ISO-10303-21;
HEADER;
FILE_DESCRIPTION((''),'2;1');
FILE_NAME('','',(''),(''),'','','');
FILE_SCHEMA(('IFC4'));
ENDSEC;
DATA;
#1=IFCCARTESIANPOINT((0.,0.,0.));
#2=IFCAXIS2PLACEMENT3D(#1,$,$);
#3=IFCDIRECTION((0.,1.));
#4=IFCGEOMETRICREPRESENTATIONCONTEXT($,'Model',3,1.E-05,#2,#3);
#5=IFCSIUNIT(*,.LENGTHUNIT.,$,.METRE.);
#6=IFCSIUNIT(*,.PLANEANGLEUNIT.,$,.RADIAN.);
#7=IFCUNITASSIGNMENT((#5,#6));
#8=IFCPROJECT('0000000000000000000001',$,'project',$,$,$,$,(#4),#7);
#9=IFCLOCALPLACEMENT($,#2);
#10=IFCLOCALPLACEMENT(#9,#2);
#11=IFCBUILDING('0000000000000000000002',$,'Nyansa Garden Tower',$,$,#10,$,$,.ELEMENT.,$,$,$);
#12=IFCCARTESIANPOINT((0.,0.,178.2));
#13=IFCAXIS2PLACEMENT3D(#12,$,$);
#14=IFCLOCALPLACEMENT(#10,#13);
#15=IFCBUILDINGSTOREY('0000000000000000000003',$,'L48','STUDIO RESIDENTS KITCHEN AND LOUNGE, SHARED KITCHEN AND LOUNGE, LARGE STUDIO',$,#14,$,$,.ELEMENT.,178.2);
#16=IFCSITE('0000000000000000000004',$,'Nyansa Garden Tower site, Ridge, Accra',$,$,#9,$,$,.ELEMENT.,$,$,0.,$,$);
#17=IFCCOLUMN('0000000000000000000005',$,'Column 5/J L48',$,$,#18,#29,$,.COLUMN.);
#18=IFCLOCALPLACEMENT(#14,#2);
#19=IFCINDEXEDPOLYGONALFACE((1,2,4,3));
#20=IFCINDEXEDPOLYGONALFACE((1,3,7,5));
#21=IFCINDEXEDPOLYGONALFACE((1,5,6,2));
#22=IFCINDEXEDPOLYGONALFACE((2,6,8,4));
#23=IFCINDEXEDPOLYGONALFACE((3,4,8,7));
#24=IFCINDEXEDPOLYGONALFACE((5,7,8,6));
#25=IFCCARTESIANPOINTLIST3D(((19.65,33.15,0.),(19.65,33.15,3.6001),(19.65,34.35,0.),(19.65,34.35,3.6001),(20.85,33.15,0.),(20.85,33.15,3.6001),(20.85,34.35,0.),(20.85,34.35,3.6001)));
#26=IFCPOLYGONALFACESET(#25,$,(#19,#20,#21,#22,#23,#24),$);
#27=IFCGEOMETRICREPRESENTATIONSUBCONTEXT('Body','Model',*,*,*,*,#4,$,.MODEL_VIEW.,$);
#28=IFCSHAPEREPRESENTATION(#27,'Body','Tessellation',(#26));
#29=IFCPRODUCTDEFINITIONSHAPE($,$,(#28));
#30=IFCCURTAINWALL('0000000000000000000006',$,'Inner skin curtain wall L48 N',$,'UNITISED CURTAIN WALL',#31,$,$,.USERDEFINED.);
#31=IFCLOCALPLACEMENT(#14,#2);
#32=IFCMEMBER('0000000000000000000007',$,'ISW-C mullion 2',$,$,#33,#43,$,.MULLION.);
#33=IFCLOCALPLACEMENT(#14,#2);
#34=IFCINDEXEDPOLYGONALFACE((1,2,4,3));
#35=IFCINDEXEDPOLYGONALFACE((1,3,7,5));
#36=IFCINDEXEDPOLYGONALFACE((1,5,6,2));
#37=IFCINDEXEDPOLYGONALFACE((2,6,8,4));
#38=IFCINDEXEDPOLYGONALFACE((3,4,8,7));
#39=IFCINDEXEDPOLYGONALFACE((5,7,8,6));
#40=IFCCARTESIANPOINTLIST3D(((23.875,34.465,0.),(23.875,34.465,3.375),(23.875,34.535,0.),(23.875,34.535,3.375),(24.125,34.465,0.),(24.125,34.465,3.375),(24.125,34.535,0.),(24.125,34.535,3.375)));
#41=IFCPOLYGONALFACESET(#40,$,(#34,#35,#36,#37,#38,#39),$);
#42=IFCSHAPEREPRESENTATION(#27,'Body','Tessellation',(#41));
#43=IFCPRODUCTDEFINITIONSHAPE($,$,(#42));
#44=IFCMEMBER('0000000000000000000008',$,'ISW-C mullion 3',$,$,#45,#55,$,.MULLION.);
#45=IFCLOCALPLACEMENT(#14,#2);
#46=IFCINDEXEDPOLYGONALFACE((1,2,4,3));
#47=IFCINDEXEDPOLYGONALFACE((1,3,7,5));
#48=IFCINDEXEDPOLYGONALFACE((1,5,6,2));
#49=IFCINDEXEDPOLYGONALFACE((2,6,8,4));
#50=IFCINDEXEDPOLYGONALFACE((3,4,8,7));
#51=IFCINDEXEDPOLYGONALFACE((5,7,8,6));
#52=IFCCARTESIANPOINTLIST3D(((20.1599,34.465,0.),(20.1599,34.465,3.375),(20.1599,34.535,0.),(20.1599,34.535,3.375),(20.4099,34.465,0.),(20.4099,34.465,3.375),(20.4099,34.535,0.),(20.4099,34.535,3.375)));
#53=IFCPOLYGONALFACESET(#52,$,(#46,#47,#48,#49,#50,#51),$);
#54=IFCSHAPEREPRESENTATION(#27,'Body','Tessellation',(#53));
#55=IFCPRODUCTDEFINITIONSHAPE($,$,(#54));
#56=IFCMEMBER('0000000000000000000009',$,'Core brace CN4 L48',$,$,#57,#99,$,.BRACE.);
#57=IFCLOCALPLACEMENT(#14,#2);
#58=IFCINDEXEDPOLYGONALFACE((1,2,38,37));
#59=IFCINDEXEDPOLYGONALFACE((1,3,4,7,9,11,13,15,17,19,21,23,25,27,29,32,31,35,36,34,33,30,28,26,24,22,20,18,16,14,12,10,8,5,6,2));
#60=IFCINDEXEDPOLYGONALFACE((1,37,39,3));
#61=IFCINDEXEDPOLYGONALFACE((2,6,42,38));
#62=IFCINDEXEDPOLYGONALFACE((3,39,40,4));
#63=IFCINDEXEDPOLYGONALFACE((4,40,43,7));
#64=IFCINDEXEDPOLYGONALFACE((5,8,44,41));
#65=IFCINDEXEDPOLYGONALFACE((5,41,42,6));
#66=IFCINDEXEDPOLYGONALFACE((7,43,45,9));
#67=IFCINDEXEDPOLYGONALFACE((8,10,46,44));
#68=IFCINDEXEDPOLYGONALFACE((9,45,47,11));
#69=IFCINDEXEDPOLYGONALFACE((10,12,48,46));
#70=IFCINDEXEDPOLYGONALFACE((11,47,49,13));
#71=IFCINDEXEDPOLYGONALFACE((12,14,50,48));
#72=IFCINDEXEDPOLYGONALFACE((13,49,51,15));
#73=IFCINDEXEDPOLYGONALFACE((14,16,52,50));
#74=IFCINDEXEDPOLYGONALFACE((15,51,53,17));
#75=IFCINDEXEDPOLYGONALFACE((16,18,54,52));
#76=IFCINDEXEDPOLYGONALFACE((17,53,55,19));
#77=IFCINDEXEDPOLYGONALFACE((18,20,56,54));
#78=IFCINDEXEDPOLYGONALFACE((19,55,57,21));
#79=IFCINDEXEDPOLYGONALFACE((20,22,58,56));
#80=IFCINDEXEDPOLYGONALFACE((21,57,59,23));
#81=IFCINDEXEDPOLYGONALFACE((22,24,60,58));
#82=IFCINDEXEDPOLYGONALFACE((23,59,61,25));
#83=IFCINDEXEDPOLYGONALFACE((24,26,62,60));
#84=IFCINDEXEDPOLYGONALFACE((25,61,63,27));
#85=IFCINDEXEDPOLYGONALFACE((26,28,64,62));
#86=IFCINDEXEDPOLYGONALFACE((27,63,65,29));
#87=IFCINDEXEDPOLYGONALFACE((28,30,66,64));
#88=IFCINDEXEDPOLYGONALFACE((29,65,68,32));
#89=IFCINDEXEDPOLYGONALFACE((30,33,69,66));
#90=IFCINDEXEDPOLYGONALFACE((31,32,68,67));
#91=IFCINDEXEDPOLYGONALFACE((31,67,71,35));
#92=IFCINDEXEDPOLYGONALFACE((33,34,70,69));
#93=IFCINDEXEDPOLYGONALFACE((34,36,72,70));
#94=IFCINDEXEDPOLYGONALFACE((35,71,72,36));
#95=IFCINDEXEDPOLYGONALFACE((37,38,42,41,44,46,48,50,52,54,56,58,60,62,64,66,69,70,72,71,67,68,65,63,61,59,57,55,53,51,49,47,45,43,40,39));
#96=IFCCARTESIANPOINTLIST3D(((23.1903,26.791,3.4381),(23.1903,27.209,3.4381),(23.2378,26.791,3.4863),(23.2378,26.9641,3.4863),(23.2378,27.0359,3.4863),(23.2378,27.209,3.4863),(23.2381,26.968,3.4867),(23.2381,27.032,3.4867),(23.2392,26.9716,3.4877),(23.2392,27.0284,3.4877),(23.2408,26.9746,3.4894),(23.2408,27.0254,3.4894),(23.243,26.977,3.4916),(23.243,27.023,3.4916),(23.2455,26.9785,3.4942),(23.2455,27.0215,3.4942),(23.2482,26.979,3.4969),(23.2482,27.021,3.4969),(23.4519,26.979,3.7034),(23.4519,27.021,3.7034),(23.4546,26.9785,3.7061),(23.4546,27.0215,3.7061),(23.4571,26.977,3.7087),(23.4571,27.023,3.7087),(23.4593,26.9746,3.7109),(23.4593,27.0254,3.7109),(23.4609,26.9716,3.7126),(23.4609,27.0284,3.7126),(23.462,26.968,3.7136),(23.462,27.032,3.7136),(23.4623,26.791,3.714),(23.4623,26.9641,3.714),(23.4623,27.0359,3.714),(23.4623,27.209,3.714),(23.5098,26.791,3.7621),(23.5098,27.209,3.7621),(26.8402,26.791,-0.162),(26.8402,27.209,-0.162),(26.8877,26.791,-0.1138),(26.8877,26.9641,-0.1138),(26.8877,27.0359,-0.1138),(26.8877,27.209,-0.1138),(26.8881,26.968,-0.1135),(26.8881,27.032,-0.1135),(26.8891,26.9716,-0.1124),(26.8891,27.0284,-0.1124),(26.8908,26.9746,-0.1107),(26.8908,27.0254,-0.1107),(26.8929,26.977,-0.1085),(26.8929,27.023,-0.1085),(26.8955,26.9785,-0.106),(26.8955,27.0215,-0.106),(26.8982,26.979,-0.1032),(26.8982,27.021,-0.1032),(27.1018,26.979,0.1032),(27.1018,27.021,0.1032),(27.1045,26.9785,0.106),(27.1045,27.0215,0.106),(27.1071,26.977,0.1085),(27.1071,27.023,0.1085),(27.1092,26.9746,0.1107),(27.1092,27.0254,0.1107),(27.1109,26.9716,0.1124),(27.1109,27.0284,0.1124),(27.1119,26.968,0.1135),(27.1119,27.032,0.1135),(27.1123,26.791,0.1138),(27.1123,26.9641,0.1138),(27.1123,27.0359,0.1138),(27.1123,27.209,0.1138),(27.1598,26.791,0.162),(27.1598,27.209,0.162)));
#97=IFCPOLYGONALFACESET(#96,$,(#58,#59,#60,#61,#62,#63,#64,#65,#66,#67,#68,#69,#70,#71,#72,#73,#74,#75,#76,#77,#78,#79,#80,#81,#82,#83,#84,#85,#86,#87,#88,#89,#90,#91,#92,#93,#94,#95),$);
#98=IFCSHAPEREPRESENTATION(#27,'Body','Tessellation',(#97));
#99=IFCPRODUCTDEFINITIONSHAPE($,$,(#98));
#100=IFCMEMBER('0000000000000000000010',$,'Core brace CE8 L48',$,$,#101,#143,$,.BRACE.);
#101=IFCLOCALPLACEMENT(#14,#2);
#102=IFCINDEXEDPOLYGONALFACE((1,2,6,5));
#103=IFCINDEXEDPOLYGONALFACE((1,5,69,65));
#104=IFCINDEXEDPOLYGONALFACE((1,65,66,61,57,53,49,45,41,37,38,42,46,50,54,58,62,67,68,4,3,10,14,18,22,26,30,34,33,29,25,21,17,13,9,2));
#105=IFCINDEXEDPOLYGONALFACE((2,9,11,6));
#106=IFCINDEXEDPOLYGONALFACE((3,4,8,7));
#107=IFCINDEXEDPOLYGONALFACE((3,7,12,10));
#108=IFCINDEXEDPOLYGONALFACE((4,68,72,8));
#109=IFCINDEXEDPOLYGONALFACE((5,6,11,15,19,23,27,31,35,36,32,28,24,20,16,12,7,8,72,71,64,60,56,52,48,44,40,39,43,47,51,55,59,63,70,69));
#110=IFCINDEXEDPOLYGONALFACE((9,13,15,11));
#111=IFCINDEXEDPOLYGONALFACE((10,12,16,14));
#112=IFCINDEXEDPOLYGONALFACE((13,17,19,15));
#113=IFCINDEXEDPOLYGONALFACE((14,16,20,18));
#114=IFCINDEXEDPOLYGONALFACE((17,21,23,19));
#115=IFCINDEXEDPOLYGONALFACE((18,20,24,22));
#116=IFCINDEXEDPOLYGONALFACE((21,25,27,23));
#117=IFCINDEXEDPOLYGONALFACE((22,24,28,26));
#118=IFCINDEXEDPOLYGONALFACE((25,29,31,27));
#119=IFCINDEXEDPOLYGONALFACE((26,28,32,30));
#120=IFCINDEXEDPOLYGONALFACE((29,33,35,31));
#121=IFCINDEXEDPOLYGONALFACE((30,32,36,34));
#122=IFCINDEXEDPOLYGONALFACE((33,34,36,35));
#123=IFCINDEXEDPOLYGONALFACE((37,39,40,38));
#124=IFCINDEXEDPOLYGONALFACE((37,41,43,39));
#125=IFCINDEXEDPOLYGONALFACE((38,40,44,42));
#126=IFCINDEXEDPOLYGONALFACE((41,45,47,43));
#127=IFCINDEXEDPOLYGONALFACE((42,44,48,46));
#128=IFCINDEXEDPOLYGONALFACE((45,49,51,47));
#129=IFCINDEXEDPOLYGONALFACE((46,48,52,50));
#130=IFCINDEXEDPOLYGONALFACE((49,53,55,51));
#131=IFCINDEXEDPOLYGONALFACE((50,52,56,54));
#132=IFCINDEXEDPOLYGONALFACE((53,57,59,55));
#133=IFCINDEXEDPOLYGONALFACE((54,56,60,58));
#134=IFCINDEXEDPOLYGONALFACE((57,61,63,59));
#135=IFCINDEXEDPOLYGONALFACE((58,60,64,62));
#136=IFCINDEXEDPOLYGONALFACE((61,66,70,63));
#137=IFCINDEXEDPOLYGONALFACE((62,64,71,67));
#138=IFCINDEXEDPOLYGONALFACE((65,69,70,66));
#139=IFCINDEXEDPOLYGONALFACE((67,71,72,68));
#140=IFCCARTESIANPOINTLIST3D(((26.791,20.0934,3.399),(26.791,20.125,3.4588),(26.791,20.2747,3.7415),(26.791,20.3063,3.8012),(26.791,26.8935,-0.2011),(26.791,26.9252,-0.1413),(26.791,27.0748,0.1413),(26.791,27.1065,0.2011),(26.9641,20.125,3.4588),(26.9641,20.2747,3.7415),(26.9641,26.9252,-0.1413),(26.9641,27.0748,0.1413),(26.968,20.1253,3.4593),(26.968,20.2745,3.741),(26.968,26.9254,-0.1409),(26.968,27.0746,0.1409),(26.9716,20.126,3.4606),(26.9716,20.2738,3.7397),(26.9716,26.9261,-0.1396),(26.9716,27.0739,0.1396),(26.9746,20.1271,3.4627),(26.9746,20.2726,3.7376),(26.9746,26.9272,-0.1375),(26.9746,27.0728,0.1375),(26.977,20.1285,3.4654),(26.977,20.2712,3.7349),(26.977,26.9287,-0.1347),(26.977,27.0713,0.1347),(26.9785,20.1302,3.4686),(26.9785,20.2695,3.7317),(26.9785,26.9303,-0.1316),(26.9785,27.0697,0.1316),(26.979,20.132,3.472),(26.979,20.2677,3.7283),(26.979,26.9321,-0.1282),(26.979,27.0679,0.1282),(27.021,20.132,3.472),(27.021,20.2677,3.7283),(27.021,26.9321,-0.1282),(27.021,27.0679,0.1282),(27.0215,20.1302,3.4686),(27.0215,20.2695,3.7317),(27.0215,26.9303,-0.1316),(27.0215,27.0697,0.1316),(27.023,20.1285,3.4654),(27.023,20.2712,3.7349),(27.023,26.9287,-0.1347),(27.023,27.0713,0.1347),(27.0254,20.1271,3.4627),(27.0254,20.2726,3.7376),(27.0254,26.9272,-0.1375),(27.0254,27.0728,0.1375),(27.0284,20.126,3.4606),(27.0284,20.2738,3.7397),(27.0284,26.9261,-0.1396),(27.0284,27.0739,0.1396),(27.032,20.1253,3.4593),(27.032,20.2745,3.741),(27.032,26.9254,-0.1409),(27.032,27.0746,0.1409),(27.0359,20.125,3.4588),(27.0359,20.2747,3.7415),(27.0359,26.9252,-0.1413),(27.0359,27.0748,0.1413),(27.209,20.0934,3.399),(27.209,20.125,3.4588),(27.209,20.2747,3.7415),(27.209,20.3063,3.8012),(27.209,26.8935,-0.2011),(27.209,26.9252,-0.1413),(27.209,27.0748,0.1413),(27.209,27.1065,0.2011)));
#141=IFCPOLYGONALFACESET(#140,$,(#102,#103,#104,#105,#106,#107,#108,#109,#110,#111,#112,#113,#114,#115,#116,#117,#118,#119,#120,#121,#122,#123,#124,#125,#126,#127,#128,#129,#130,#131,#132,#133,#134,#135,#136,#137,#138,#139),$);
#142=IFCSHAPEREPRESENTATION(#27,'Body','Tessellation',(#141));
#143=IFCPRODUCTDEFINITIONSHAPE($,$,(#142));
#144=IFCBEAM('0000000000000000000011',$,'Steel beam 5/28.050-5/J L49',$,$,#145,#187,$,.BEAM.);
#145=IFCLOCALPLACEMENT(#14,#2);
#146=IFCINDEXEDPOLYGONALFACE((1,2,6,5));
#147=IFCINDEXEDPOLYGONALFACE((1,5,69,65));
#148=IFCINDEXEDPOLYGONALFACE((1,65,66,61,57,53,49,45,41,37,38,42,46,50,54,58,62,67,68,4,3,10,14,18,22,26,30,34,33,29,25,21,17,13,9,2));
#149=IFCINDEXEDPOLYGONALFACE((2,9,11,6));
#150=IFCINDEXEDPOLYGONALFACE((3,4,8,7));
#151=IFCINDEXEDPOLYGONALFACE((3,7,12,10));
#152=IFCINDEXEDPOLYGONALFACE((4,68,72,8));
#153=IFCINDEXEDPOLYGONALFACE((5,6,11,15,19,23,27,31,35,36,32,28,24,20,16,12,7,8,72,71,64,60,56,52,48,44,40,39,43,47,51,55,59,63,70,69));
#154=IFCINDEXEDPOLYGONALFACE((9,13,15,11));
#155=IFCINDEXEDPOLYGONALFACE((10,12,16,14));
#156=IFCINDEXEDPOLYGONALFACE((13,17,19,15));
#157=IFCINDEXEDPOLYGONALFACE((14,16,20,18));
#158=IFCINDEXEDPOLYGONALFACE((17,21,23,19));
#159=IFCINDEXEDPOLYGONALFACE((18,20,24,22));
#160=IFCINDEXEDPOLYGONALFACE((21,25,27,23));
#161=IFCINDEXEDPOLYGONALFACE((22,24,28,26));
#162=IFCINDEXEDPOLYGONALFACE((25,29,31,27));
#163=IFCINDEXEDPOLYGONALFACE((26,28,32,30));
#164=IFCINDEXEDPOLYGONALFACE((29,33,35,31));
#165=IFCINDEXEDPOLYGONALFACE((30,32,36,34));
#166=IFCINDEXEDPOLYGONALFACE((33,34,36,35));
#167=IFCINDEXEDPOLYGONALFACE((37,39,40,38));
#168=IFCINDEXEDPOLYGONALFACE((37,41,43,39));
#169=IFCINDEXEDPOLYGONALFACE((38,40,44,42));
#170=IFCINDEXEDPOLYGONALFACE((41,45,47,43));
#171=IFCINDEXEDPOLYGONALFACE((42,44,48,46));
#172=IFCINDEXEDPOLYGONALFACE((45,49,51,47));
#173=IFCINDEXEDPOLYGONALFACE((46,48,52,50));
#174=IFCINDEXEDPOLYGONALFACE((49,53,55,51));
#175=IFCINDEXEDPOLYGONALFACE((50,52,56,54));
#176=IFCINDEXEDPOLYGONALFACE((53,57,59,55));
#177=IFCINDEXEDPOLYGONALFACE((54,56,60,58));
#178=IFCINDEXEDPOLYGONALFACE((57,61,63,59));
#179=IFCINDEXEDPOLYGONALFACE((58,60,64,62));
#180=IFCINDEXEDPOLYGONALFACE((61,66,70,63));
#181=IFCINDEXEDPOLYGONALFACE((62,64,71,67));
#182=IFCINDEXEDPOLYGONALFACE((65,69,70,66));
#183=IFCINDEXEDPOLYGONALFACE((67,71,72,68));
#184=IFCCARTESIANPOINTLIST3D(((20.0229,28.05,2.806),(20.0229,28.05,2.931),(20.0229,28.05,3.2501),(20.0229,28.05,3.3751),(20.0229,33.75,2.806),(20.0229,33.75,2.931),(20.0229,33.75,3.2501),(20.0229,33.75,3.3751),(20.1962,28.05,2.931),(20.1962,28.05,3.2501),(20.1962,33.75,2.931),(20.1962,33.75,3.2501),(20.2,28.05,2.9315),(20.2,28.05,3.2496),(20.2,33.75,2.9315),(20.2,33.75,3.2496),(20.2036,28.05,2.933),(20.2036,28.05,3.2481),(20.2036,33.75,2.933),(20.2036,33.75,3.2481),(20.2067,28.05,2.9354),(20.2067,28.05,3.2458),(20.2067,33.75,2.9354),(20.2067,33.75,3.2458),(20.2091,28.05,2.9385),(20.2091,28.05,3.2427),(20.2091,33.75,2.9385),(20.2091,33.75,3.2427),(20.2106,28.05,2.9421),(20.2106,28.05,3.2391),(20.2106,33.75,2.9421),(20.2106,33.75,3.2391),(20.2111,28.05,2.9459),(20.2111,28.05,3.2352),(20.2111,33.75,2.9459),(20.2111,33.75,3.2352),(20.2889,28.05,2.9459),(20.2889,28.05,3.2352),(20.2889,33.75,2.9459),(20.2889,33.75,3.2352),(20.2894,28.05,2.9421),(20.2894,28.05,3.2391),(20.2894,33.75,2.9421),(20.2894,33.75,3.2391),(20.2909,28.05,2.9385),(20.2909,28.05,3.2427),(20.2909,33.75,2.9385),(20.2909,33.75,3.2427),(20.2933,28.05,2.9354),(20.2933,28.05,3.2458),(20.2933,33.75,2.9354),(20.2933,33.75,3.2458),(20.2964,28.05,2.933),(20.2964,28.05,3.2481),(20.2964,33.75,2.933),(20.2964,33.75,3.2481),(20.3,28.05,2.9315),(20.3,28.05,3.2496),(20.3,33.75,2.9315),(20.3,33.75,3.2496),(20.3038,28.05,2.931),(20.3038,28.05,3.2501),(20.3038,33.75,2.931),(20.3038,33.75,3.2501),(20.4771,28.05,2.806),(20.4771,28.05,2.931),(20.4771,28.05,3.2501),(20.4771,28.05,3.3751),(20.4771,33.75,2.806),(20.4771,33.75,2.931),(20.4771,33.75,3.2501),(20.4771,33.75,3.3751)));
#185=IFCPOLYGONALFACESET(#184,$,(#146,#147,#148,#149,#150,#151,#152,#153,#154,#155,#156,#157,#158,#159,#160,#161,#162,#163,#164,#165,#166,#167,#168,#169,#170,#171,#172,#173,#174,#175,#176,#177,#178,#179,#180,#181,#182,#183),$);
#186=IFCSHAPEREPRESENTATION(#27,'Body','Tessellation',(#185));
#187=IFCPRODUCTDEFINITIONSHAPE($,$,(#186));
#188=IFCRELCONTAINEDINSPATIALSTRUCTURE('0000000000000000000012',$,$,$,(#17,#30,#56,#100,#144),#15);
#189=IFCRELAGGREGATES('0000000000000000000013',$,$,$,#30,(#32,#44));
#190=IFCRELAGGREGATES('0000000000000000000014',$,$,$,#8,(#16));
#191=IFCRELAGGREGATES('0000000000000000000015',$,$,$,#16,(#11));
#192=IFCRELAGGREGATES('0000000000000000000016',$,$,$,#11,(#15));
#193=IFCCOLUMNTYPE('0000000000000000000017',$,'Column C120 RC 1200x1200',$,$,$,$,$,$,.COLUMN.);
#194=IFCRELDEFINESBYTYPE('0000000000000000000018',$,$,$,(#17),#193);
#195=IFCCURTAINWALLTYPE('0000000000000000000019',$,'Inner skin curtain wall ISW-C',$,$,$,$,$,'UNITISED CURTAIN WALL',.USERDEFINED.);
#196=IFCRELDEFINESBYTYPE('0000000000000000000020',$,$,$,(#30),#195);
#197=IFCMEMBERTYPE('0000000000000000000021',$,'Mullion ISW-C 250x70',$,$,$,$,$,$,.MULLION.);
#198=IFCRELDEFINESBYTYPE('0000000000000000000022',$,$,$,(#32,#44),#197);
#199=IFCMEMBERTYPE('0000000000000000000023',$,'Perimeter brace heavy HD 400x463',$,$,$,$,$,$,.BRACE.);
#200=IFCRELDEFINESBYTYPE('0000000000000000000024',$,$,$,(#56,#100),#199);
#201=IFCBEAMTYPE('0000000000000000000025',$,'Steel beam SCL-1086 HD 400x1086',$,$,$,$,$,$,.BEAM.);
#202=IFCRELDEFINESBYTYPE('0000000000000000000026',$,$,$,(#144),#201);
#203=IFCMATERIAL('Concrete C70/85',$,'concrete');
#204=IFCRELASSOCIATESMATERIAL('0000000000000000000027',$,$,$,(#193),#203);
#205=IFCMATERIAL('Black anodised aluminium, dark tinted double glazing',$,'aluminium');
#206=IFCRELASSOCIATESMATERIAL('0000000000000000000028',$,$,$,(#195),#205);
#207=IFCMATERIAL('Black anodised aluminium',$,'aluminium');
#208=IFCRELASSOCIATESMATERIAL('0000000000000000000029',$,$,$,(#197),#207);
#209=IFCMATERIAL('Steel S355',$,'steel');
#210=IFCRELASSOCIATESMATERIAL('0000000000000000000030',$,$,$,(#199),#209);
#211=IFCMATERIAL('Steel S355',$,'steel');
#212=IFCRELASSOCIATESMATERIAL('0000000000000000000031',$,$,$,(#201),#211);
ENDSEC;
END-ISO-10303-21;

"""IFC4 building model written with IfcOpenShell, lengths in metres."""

from ifc_helpers import new_model, si_unit, direction, frame, origin, origin_2d, place, context, subcontext, project, spatial, rectangle, i_section, extrude, material, material_profile, profile_set, type_object, element, aggregate, save


model = new_model("IFC4")

# Units and contexts
model_context = context("Model", 3, precision=1e-05, world=origin(), true_north=direction((0.0, 1.0)))
body_context = subcontext(model_context, "Body", "Model", "MODEL_VIEW")
ifc_project = project(units=[si_unit("LENGTHUNIT", "METRE"), si_unit("PLANEANGLEUNIT", "RADIAN")], contexts=[model_context])

# Site, building, storey
site_placement = place(None, origin())
site = spatial("IfcSite", under=ifc_project, at=site_placement, Name="Nyansa Garden Tower site, Ridge, Accra", CompositionType="ELEMENT", RefElevation=0.0)
building_placement = place(site_placement, origin())
building = spatial("IfcBuilding", under=site, at=building_placement, Name="Nyansa Garden Tower", CompositionType="ELEMENT")
storey_placement = place(building_placement, frame((0.0, 0.0, 178.2)))
storey = spatial("IfcBuildingStorey", under=building, at=storey_placement, Name="L48", Description="STUDIO RESIDENTS KITCHEN AND LOUNGE, SHARED KITCHEN AND LOUNGE, LARGE STUDIO", CompositionType="ELEMENT", Elevation=178.2)

# Column
ifc_material_1 = material(Name="Concrete C70/85", Category="concrete")
ifc_material_profile_1 = material_profile(ifc_material_1, rectangle(XDim=1.2, YDim=1.2, at=origin_2d()), Name="RC 1200x1200")
ifc_profile_set_1 = profile_set([ifc_material_profile_1], Name="Concrete C70/85")
column_type = type_object("IfcColumnType", Name="Column C120 RC 1200x1200", PredefinedType="COLUMN", material=ifc_profile_set_1)
column_placement = place(storey_placement, frame((20.25, 33.75, 0.0), z_axis=(0.0, 0.0, 1.0), x_axis=(1.0, 0.0, 0.0)))
element("IfcColumn", 1, at=column_placement, inside=storey, type_object=column_type, Name="Column 5/J L48", PredefinedType="COLUMN", context=body_context, shape_type="SweptSolid", body=[
    extrude(rectangle(XDim=1.2, YDim=1.2, at=origin_2d()), origin(), (0.0, 0.0, 1.0), 3.6001),
])

# Curtain wall, members
ifc_material_2 = material(Name="Black anodised aluminium, dark tinted double glazing", Category="aluminium")
curtain_wall_type = type_object("IfcCurtainWallType", Name="Inner skin curtain wall ISW-C", ElementType="UNITISED CURTAIN WALL", PredefinedType="USERDEFINED", material=ifc_material_2)
curtain_wall_placement = place(storey_placement, origin())
curtain_wall = element("IfcCurtainWall", 2, at=curtain_wall_placement, inside=storey, type_object=curtain_wall_type, Name="Inner skin curtain wall L48 N", ObjectType="UNITISED CURTAIN WALL", PredefinedType="USERDEFINED")
ifc_material_3 = material(Name="Black anodised aluminium", Category="aluminium")
ifc_material_profile_2 = material_profile(ifc_material_3, rectangle(XDim=0.0701, YDim=0.25, at=origin_2d()), Name="Mullion 250x70")
ifc_profile_set_2 = profile_set([ifc_material_profile_2], Name="Black anodised aluminium")
member_type_1 = type_object("IfcMemberType", Name="Mullion ISW-C 250x70", PredefinedType="MULLION", material=ifc_profile_set_2)
member_1_placement = place(storey_placement, frame((24.0, 34.5, 0.0), z_axis=(0.0, 0.0, 1.0), x_axis=(0.0, -1.0, 0.0)))
member_1 = element("IfcMember", 3, at=member_1_placement, type_object=member_type_1, Name="ISW-C mullion 2", PredefinedType="MULLION", context=body_context, shape_type="SweptSolid", body=[
    extrude(rectangle(XDim=0.0701, YDim=0.25, at=origin_2d()), origin(), (0.0, 0.0, 1.0), 3.375),
])
member_2_placement = place(storey_placement, frame((20.2849, 34.5, 0.0), z_axis=(0.0, 0.0, 1.0), x_axis=(0.0, -1.0, 0.0)))
member_2 = element("IfcMember", 4, at=member_2_placement, type_object=member_type_1, Name="ISW-C mullion 3", PredefinedType="MULLION", context=body_context, shape_type="SweptSolid", body=[
    extrude(rectangle(XDim=0.0701, YDim=0.25, at=origin_2d()), origin(), (0.0, 0.0, 1.0), 3.375),
])

# Members
ifc_material_4 = material(Name="Steel S355", Category="steel")
ifc_material_profile_3 = material_profile(ifc_material_4, i_section(OverallWidth=0.418, OverallDepth=0.4551, WebThickness=0.042, FlangeThickness=0.0676, FilletRadius=0.0149, at=origin_2d()), Name="HD 400x463")
ifc_profile_set_3 = profile_set([ifc_material_profile_3], Name="Steel S355")
member_type_2 = type_object("IfcMemberType", Name="Perimeter brace heavy HD 400x463", PredefinedType="BRACE", material=ifc_profile_set_3)
member_3_placement = place(storey_placement, frame((27.0, 27.0, 0.0), z_axis=(-0.711948, 0.0, 0.702233), x_axis=(0.0, -1.0, 0.0)))
element("IfcMember", 5, at=member_3_placement, inside=storey, type_object=member_type_2, Name="Core brace CN4 L48", PredefinedType="BRACE", context=body_context, shape_type="SweptSolid", body=[
    extrude(i_section(OverallWidth=0.418, OverallDepth=0.4551, WebThickness=0.042, FlangeThickness=0.0676, FilletRadius=0.0149, at=origin_2d()), origin(), (0.0, 0.0, 1.0), 5.1267),
])
member_4_placement = place(storey_placement, frame((27.0, 27.0, 0.0), z_axis=(0.0, -0.883784, 0.467895), x_axis=(1.0, 0.0, 0.0)))
element("IfcMember", 6, at=member_4_placement, inside=storey, type_object=member_type_2, Name="Core brace CE8 L48", PredefinedType="BRACE", context=body_context, shape_type="SweptSolid", body=[
    extrude(i_section(OverallWidth=0.418, OverallDepth=0.4551, WebThickness=0.042, FlangeThickness=0.0676, FilletRadius=0.0149, at=origin_2d()), origin(), (0.0, 0.0, 1.0), 7.6943),
])

# Beam
ifc_material_5 = material(Name="Steel S355", Category="steel")
ifc_material_profile_4 = material_profile(ifc_material_5, i_section(OverallWidth=0.4541, OverallDepth=0.5691, WebThickness=0.0779, FlangeThickness=0.125, FilletRadius=0.0149, at=origin_2d()), Name="HD 400x1086")
ifc_profile_set_4 = profile_set([ifc_material_profile_4], Name="Steel S355")
beam_type_1 = type_object("IfcBeamType", Name="Steel beam SCL-1086 HD 400x1086", PredefinedType="BEAM", material=ifc_profile_set_4)
beam_1_placement = place(storey_placement, frame((20.25, 28.05, 3.0906), z_axis=(0.0, 1.0, 0.0), x_axis=(-1.0, 0.0, 0.0)))
element("IfcBeam", 7, at=beam_1_placement, inside=storey, type_object=beam_type_1, Name="Steel beam 5/28.050-5/J L49", PredefinedType="BEAM", context=body_context, shape_type="SweptSolid", body=[
    extrude(i_section(OverallWidth=0.4541, OverallDepth=0.5691, WebThickness=0.0779, FlangeThickness=0.125, FilletRadius=0.0149, at=origin_2d()), origin(), (0.0, 0.0, 1.0), 5.7),
])

aggregate(curtain_wall, [member_1, member_2])

save(model, "model.ifc")
